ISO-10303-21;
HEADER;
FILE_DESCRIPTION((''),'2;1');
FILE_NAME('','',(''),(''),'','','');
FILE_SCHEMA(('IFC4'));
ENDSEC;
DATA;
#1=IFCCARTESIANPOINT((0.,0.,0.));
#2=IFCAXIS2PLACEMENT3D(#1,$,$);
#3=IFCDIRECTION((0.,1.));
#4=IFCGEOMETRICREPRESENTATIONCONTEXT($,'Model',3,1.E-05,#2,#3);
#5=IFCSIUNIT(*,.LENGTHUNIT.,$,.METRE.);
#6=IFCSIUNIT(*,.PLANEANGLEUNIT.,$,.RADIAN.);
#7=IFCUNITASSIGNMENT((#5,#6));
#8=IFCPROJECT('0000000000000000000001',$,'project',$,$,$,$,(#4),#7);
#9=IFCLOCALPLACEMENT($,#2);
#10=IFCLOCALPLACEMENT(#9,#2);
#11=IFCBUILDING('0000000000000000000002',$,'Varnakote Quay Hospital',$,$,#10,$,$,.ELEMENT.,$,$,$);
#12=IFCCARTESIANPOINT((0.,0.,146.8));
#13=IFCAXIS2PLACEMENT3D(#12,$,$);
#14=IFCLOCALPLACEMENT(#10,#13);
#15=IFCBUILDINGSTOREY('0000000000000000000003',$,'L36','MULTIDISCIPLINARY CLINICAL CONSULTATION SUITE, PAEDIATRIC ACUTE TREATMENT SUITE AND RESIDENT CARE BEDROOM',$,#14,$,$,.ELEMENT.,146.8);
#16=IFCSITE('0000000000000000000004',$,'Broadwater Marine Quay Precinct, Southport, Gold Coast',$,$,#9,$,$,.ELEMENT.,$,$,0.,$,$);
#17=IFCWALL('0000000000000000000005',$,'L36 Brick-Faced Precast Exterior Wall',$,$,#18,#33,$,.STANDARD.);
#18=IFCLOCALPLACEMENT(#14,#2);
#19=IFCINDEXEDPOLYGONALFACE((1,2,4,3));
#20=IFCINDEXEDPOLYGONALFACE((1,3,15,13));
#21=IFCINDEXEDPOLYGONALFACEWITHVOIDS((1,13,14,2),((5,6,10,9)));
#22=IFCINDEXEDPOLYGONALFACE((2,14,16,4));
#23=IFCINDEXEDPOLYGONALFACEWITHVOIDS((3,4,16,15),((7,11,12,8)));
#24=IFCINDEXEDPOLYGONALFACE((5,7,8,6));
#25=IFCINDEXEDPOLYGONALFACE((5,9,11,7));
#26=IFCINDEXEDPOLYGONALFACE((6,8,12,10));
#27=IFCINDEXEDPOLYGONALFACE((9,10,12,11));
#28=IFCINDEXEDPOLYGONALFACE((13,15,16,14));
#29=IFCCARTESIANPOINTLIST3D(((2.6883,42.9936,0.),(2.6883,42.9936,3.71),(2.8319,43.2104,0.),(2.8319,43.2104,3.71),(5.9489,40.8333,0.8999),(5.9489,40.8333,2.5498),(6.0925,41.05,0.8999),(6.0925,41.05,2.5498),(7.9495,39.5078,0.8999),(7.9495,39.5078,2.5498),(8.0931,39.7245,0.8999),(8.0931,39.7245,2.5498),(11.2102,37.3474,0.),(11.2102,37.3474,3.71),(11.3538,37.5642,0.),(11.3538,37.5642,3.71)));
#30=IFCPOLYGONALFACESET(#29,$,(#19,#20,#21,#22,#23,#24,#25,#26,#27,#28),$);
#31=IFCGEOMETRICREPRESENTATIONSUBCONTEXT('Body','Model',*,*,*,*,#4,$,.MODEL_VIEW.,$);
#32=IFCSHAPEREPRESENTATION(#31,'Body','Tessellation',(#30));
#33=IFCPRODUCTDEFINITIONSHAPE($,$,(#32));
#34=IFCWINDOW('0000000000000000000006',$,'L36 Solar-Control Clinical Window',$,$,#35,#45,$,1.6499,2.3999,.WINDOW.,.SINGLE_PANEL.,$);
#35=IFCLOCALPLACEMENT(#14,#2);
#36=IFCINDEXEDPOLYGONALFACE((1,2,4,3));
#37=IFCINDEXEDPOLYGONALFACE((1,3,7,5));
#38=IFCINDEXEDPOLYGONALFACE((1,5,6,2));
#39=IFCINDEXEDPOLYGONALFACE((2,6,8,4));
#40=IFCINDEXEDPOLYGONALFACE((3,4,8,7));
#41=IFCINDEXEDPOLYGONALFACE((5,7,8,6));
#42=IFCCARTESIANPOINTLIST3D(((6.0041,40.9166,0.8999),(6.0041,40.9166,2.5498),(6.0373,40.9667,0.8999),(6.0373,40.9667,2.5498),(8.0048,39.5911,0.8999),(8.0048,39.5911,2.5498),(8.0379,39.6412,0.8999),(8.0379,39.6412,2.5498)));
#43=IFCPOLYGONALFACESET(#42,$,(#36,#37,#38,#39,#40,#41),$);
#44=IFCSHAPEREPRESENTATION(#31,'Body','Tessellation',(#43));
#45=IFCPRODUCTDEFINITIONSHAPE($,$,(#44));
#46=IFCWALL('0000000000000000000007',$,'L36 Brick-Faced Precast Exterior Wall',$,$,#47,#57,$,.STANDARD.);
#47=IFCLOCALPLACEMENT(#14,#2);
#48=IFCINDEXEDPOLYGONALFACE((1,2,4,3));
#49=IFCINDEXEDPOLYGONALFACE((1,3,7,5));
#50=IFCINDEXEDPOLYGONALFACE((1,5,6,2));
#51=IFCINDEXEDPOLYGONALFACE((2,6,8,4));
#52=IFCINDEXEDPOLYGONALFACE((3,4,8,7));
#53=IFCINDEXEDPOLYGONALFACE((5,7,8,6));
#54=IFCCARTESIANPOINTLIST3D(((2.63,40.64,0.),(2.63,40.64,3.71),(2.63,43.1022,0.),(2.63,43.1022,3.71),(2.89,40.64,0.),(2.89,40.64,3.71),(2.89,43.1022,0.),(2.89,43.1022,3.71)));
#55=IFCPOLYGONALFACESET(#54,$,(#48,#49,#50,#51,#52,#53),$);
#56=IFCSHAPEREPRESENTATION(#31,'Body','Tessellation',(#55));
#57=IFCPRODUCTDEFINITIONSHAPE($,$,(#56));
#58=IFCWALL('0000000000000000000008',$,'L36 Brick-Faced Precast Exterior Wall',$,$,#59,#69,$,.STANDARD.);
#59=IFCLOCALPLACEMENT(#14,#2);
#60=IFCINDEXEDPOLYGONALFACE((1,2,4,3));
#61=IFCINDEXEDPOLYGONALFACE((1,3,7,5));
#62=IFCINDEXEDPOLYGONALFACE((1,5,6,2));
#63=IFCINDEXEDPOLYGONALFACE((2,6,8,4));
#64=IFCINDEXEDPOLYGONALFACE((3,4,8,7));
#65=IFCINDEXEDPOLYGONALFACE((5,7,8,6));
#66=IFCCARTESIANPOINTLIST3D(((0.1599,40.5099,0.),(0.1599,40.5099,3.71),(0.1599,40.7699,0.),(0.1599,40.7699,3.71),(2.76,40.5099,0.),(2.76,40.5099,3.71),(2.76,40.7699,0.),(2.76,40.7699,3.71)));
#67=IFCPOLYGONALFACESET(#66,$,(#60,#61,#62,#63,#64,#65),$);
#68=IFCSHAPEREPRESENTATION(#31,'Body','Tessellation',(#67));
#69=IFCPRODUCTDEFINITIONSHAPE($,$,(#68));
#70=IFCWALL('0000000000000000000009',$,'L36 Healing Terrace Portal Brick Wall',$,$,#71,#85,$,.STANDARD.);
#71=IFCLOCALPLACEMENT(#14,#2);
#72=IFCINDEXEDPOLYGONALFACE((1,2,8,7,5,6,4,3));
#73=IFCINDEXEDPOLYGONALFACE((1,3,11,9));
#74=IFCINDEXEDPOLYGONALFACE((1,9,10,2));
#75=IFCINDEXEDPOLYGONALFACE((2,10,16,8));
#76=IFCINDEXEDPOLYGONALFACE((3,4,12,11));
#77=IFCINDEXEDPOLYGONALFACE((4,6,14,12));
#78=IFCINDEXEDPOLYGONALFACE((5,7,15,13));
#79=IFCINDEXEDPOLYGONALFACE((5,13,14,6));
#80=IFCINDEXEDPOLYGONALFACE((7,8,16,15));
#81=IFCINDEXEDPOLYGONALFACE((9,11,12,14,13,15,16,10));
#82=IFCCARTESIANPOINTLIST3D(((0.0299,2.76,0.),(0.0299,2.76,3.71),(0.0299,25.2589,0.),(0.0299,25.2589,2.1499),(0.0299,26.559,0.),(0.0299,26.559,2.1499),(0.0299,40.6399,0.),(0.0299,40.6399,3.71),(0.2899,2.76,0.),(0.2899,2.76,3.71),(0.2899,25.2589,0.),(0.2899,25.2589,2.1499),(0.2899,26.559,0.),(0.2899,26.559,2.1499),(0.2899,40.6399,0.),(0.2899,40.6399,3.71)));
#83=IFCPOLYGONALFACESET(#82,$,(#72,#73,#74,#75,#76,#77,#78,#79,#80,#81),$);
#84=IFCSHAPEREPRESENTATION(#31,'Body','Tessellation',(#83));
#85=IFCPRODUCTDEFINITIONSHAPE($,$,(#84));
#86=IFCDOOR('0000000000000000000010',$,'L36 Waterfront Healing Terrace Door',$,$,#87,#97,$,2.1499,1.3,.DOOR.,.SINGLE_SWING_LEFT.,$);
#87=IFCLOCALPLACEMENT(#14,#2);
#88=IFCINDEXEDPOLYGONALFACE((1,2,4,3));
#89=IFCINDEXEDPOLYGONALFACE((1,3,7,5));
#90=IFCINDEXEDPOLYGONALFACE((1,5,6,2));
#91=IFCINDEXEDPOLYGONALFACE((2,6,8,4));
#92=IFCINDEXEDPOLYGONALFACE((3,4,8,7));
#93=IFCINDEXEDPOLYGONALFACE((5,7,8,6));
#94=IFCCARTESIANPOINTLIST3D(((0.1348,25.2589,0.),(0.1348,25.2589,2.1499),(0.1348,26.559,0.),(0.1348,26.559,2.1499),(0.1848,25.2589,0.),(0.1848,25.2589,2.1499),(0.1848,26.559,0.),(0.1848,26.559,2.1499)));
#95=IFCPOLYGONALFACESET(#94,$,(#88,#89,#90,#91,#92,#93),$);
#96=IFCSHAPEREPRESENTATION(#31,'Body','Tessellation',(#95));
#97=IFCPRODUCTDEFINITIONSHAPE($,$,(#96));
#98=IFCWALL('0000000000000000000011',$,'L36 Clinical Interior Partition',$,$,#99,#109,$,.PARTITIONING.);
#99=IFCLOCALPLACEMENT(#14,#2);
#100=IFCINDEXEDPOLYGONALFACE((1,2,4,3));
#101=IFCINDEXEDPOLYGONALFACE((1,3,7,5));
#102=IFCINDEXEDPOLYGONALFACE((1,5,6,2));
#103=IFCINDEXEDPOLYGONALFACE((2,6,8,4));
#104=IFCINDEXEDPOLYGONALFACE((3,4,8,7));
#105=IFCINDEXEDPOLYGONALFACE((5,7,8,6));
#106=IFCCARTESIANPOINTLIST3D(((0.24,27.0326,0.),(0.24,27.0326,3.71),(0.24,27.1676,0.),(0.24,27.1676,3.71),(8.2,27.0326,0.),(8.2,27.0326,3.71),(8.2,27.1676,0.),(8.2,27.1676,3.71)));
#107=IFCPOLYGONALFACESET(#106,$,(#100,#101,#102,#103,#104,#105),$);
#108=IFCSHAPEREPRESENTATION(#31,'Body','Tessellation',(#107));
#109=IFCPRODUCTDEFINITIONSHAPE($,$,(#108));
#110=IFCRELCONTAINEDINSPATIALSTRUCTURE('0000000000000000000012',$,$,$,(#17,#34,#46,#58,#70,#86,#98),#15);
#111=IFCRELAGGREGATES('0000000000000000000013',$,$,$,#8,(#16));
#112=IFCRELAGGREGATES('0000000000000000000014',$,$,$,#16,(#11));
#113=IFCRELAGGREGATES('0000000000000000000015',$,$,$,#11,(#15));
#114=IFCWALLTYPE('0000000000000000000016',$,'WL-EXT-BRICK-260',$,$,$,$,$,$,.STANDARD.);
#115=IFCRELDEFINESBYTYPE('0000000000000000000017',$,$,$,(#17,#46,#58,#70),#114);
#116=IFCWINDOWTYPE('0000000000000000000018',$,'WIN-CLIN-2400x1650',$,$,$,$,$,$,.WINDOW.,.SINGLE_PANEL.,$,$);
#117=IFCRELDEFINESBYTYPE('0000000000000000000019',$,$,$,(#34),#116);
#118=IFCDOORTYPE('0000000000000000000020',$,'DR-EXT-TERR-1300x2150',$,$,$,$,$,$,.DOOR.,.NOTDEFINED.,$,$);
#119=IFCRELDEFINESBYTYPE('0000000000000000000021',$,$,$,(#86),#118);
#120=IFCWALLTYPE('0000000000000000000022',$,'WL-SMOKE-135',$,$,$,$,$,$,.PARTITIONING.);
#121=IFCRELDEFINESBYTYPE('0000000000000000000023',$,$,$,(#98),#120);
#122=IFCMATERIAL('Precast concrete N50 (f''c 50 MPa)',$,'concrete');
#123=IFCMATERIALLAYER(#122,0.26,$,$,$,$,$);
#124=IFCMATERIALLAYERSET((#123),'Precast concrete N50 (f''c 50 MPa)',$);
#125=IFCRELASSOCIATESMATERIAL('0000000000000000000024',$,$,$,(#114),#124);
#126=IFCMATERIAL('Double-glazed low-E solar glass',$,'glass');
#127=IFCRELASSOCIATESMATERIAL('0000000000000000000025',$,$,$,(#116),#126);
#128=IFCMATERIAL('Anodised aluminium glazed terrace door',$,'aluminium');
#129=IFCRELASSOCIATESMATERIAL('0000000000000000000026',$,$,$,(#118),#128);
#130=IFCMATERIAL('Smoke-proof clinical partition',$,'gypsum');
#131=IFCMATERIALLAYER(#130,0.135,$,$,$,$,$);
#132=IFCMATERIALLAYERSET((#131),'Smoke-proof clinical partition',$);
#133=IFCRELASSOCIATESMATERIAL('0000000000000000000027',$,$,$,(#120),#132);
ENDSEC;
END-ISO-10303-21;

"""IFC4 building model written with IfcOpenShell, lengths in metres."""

from ifc_helpers import new_model, si_unit, direction, frame, frame_2d, origin, place, context, subcontext, project, spatial, rectangle, extrude, material, layer, layer_set, type_object, element, fill, save


model = new_model("IFC4")

# Units and contexts
model_context = context("Model", 3, precision=1e-05, world=origin(), true_north=direction((0.0, 1.0)))
body_context = subcontext(model_context, "Body", "Model", "MODEL_VIEW")
ifc_project = project(units=[si_unit("LENGTHUNIT", "METRE"), si_unit("PLANEANGLEUNIT", "RADIAN")], contexts=[model_context])

# Site, building, storey
site_placement = place(None, origin())
site = spatial("IfcSite", under=ifc_project, at=site_placement, Name="Broadwater Marine Quay Precinct, Southport, Gold Coast", CompositionType="ELEMENT", RefElevation=0.0)
building_placement = place(site_placement, origin())
building = spatial("IfcBuilding", under=site, at=building_placement, Name="Varnakote Quay Hospital", CompositionType="ELEMENT")
storey_placement = place(building_placement, frame((0.0, 0.0, 146.8)))
storey = spatial("IfcBuildingStorey", under=building, at=storey_placement, Name="L36", Description="MULTIDISCIPLINARY CLINICAL CONSULTATION SUITE, PAEDIATRIC ACUTE TREATMENT SUITE AND RESIDENT CARE BEDROOM", CompositionType="ELEMENT", Elevation=146.8)

# Wall, opening, window
ifc_material_1 = material(Name="Precast concrete N50 (f'c 50 MPa)", Category="concrete")
ifc_layer_1 = layer(ifc_material_1, 0.26)
ifc_layer_set_1 = layer_set([ifc_layer_1], Name="Precast concrete N50 (f'c 50 MPa)")
wall_type_1 = type_object("IfcWallType", Name="WL-EXT-BRICK-260", PredefinedType="STANDARD", material=ifc_layer_set_1)
wall_1_placement = place(storey_placement, frame((11.282, 37.4558, 0.0), z_axis=(0.0, 0.0, 1.0), x_axis=(-0.83363, 0.552323, 0.0)))
wall_1 = element("IfcWall", 1, at=wall_1_placement, inside=storey, type_object=wall_type_1, Name="L36 Brick-Faced Precast Exterior Wall", PredefinedType="STANDARD", context=body_context, shape_type="SweptSolid", body=[
    extrude(rectangle(XDim=10.2227, YDim=0.26, at=frame_2d((5.1113, 0.0))), origin(), (0.0, 0.0, 1.0), 3.71),
])
opening_1_placement = place(wall_1_placement, frame((3.9114, 0.0, 0.8999)))
opening_1 = element("IfcOpeningElement", 2, at=opening_1_placement, cuts=wall_1, PredefinedType="OPENING", context=body_context, shape_type="SweptSolid", body=[
    extrude(rectangle(XDim=2.3999, YDim=1.6499, at=frame_2d((1.2, 0.825))), frame((0.0, 0.1399, 0.0), z_axis=(0.0, -1.0, 0.0), x_axis=(1.0, 0.0, 0.0)), (0.0, 0.0, 1.0), 0.28),
])
ifc_material_2 = material(Name="Double-glazed low-E solar glass", Category="glass")
window_type = type_object("IfcWindowType", Name="WIN-CLIN-2400x1650", PartitioningType="SINGLE_PANEL", PredefinedType="WINDOW", material=ifc_material_2)
window_placement = place(opening_1_placement, origin())
window = element("IfcWindow", 3, at=window_placement, inside=storey, type_object=window_type, Name="L36 Solar-Control Clinical Window", OverallHeight=1.6499, OverallWidth=2.3999, PartitioningType="SINGLE_PANEL", PredefinedType="WINDOW", context=body_context, shape_type="SweptSolid", body=[
    extrude(rectangle(XDim=2.3999, YDim=1.6499, at=frame_2d((1.2, 0.825))), frame((0.0, 0.03, 0.0), z_axis=(0.0, -1.0, 0.0), x_axis=(1.0, 0.0, 0.0)), (0.0, 0.0, 1.0), 0.0601),
])
fill(opening_1, window)

# Walls
wall_2_placement = place(storey_placement, frame((2.76, 43.1021, 0.0), z_axis=(0.0, 0.0, 1.0), x_axis=(0.0, -1.0, 0.0)))
element("IfcWall", 4, at=wall_2_placement, inside=storey, type_object=wall_type_1, Name="L36 Brick-Faced Precast Exterior Wall", PredefinedType="STANDARD", context=body_context, shape_type="SweptSolid", body=[
    extrude(rectangle(XDim=2.4622, YDim=0.26, at=frame_2d((1.231, 0.0))), origin(), (0.0, 0.0, 1.0), 3.71),
])
wall_3_placement = place(storey_placement, frame((2.76, 40.6399, 0.0), z_axis=(0.0, 0.0, 1.0), x_axis=(-1.0, 0.0, 0.0)))
element("IfcWall", 5, at=wall_3_placement, inside=storey, type_object=wall_type_1, Name="L36 Brick-Faced Precast Exterior Wall", PredefinedType="STANDARD", context=body_context, shape_type="SweptSolid", body=[
    extrude(rectangle(XDim=2.6001, YDim=0.26, at=frame_2d((1.3, 0.0))), origin(), (0.0, 0.0, 1.0), 3.71),
])

# Wall, opening, door
wall_4_placement = place(storey_placement, frame((0.1599, 40.6399, 0.0), z_axis=(0.0, 0.0, 1.0), x_axis=(0.0, -1.0, 0.0)))
wall_4 = element("IfcWall", 6, at=wall_4_placement, inside=storey, type_object=wall_type_1, Name="L36 Healing Terrace Portal Brick Wall", PredefinedType="STANDARD", context=body_context, shape_type="SweptSolid", body=[
    extrude(rectangle(XDim=37.8799, YDim=0.26, at=frame_2d((18.9399, 0.0))), origin(), (0.0, 0.0, 1.0), 3.71),
])
opening_2_placement = place(wall_4_placement, frame((14.0811, 0.0, 0.0)))
opening_2 = element("IfcOpeningElement", 7, at=opening_2_placement, cuts=wall_4, PredefinedType="OPENING", context=body_context, shape_type="SweptSolid", body=[
    extrude(rectangle(XDim=1.3, YDim=2.1499, at=frame_2d((0.6499, 1.075))), frame((0.0, 0.1399, 0.0), z_axis=(0.0, -1.0, 0.0), x_axis=(1.0, 0.0, 0.0)), (0.0, 0.0, 1.0), 0.28),
])
ifc_material_3 = material(Name="Anodised aluminium glazed terrace door", Category="aluminium")
door_type = type_object("IfcDoorType", Name="DR-EXT-TERR-1300x2150", OperationType="NOTDEFINED", PredefinedType="DOOR", material=ifc_material_3)
door_placement = place(opening_2_placement, origin())
door = element("IfcDoor", 8, at=door_placement, inside=storey, type_object=door_type, Name="L36 Waterfront Healing Terrace Door", OperationType="SINGLE_SWING_LEFT", OverallHeight=2.1499, OverallWidth=1.3, PredefinedType="DOOR", context=body_context, shape_type="SweptSolid", body=[
    extrude(rectangle(XDim=1.3, YDim=2.1499, at=frame_2d((0.6499, 1.075))), frame((0.0, 0.0249, 0.0), z_axis=(0.0, -1.0, 0.0), x_axis=(1.0, 0.0, 0.0)), (0.0, 0.0, 1.0), 0.05),
])
fill(opening_2, door)

# Wall
ifc_material_4 = material(Name="Smoke-proof clinical partition", Category="gypsum")
ifc_layer_2 = layer(ifc_material_4, 0.135)
ifc_layer_set_2 = layer_set([ifc_layer_2], Name="Smoke-proof clinical partition")
wall_type_2 = type_object("IfcWallType", Name="WL-SMOKE-135", PredefinedType="PARTITIONING", material=ifc_layer_set_2)
wall_5_placement = place(storey_placement, frame((8.2, 27.1001, 0.0), z_axis=(0.0, 0.0, 1.0), x_axis=(-1.0, 0.0, 0.0)))
element("IfcWall", 9, at=wall_5_placement, inside=storey, type_object=wall_type_2, Name="L36 Clinical Interior Partition", PredefinedType="PARTITIONING", context=body_context, shape_type="SweptSolid", body=[
    extrude(rectangle(XDim=7.96, YDim=0.135, at=frame_2d((3.98, 0.0))), origin(), (0.0, 0.0, 1.0), 3.71),
])

save(model, "model.ifc")
